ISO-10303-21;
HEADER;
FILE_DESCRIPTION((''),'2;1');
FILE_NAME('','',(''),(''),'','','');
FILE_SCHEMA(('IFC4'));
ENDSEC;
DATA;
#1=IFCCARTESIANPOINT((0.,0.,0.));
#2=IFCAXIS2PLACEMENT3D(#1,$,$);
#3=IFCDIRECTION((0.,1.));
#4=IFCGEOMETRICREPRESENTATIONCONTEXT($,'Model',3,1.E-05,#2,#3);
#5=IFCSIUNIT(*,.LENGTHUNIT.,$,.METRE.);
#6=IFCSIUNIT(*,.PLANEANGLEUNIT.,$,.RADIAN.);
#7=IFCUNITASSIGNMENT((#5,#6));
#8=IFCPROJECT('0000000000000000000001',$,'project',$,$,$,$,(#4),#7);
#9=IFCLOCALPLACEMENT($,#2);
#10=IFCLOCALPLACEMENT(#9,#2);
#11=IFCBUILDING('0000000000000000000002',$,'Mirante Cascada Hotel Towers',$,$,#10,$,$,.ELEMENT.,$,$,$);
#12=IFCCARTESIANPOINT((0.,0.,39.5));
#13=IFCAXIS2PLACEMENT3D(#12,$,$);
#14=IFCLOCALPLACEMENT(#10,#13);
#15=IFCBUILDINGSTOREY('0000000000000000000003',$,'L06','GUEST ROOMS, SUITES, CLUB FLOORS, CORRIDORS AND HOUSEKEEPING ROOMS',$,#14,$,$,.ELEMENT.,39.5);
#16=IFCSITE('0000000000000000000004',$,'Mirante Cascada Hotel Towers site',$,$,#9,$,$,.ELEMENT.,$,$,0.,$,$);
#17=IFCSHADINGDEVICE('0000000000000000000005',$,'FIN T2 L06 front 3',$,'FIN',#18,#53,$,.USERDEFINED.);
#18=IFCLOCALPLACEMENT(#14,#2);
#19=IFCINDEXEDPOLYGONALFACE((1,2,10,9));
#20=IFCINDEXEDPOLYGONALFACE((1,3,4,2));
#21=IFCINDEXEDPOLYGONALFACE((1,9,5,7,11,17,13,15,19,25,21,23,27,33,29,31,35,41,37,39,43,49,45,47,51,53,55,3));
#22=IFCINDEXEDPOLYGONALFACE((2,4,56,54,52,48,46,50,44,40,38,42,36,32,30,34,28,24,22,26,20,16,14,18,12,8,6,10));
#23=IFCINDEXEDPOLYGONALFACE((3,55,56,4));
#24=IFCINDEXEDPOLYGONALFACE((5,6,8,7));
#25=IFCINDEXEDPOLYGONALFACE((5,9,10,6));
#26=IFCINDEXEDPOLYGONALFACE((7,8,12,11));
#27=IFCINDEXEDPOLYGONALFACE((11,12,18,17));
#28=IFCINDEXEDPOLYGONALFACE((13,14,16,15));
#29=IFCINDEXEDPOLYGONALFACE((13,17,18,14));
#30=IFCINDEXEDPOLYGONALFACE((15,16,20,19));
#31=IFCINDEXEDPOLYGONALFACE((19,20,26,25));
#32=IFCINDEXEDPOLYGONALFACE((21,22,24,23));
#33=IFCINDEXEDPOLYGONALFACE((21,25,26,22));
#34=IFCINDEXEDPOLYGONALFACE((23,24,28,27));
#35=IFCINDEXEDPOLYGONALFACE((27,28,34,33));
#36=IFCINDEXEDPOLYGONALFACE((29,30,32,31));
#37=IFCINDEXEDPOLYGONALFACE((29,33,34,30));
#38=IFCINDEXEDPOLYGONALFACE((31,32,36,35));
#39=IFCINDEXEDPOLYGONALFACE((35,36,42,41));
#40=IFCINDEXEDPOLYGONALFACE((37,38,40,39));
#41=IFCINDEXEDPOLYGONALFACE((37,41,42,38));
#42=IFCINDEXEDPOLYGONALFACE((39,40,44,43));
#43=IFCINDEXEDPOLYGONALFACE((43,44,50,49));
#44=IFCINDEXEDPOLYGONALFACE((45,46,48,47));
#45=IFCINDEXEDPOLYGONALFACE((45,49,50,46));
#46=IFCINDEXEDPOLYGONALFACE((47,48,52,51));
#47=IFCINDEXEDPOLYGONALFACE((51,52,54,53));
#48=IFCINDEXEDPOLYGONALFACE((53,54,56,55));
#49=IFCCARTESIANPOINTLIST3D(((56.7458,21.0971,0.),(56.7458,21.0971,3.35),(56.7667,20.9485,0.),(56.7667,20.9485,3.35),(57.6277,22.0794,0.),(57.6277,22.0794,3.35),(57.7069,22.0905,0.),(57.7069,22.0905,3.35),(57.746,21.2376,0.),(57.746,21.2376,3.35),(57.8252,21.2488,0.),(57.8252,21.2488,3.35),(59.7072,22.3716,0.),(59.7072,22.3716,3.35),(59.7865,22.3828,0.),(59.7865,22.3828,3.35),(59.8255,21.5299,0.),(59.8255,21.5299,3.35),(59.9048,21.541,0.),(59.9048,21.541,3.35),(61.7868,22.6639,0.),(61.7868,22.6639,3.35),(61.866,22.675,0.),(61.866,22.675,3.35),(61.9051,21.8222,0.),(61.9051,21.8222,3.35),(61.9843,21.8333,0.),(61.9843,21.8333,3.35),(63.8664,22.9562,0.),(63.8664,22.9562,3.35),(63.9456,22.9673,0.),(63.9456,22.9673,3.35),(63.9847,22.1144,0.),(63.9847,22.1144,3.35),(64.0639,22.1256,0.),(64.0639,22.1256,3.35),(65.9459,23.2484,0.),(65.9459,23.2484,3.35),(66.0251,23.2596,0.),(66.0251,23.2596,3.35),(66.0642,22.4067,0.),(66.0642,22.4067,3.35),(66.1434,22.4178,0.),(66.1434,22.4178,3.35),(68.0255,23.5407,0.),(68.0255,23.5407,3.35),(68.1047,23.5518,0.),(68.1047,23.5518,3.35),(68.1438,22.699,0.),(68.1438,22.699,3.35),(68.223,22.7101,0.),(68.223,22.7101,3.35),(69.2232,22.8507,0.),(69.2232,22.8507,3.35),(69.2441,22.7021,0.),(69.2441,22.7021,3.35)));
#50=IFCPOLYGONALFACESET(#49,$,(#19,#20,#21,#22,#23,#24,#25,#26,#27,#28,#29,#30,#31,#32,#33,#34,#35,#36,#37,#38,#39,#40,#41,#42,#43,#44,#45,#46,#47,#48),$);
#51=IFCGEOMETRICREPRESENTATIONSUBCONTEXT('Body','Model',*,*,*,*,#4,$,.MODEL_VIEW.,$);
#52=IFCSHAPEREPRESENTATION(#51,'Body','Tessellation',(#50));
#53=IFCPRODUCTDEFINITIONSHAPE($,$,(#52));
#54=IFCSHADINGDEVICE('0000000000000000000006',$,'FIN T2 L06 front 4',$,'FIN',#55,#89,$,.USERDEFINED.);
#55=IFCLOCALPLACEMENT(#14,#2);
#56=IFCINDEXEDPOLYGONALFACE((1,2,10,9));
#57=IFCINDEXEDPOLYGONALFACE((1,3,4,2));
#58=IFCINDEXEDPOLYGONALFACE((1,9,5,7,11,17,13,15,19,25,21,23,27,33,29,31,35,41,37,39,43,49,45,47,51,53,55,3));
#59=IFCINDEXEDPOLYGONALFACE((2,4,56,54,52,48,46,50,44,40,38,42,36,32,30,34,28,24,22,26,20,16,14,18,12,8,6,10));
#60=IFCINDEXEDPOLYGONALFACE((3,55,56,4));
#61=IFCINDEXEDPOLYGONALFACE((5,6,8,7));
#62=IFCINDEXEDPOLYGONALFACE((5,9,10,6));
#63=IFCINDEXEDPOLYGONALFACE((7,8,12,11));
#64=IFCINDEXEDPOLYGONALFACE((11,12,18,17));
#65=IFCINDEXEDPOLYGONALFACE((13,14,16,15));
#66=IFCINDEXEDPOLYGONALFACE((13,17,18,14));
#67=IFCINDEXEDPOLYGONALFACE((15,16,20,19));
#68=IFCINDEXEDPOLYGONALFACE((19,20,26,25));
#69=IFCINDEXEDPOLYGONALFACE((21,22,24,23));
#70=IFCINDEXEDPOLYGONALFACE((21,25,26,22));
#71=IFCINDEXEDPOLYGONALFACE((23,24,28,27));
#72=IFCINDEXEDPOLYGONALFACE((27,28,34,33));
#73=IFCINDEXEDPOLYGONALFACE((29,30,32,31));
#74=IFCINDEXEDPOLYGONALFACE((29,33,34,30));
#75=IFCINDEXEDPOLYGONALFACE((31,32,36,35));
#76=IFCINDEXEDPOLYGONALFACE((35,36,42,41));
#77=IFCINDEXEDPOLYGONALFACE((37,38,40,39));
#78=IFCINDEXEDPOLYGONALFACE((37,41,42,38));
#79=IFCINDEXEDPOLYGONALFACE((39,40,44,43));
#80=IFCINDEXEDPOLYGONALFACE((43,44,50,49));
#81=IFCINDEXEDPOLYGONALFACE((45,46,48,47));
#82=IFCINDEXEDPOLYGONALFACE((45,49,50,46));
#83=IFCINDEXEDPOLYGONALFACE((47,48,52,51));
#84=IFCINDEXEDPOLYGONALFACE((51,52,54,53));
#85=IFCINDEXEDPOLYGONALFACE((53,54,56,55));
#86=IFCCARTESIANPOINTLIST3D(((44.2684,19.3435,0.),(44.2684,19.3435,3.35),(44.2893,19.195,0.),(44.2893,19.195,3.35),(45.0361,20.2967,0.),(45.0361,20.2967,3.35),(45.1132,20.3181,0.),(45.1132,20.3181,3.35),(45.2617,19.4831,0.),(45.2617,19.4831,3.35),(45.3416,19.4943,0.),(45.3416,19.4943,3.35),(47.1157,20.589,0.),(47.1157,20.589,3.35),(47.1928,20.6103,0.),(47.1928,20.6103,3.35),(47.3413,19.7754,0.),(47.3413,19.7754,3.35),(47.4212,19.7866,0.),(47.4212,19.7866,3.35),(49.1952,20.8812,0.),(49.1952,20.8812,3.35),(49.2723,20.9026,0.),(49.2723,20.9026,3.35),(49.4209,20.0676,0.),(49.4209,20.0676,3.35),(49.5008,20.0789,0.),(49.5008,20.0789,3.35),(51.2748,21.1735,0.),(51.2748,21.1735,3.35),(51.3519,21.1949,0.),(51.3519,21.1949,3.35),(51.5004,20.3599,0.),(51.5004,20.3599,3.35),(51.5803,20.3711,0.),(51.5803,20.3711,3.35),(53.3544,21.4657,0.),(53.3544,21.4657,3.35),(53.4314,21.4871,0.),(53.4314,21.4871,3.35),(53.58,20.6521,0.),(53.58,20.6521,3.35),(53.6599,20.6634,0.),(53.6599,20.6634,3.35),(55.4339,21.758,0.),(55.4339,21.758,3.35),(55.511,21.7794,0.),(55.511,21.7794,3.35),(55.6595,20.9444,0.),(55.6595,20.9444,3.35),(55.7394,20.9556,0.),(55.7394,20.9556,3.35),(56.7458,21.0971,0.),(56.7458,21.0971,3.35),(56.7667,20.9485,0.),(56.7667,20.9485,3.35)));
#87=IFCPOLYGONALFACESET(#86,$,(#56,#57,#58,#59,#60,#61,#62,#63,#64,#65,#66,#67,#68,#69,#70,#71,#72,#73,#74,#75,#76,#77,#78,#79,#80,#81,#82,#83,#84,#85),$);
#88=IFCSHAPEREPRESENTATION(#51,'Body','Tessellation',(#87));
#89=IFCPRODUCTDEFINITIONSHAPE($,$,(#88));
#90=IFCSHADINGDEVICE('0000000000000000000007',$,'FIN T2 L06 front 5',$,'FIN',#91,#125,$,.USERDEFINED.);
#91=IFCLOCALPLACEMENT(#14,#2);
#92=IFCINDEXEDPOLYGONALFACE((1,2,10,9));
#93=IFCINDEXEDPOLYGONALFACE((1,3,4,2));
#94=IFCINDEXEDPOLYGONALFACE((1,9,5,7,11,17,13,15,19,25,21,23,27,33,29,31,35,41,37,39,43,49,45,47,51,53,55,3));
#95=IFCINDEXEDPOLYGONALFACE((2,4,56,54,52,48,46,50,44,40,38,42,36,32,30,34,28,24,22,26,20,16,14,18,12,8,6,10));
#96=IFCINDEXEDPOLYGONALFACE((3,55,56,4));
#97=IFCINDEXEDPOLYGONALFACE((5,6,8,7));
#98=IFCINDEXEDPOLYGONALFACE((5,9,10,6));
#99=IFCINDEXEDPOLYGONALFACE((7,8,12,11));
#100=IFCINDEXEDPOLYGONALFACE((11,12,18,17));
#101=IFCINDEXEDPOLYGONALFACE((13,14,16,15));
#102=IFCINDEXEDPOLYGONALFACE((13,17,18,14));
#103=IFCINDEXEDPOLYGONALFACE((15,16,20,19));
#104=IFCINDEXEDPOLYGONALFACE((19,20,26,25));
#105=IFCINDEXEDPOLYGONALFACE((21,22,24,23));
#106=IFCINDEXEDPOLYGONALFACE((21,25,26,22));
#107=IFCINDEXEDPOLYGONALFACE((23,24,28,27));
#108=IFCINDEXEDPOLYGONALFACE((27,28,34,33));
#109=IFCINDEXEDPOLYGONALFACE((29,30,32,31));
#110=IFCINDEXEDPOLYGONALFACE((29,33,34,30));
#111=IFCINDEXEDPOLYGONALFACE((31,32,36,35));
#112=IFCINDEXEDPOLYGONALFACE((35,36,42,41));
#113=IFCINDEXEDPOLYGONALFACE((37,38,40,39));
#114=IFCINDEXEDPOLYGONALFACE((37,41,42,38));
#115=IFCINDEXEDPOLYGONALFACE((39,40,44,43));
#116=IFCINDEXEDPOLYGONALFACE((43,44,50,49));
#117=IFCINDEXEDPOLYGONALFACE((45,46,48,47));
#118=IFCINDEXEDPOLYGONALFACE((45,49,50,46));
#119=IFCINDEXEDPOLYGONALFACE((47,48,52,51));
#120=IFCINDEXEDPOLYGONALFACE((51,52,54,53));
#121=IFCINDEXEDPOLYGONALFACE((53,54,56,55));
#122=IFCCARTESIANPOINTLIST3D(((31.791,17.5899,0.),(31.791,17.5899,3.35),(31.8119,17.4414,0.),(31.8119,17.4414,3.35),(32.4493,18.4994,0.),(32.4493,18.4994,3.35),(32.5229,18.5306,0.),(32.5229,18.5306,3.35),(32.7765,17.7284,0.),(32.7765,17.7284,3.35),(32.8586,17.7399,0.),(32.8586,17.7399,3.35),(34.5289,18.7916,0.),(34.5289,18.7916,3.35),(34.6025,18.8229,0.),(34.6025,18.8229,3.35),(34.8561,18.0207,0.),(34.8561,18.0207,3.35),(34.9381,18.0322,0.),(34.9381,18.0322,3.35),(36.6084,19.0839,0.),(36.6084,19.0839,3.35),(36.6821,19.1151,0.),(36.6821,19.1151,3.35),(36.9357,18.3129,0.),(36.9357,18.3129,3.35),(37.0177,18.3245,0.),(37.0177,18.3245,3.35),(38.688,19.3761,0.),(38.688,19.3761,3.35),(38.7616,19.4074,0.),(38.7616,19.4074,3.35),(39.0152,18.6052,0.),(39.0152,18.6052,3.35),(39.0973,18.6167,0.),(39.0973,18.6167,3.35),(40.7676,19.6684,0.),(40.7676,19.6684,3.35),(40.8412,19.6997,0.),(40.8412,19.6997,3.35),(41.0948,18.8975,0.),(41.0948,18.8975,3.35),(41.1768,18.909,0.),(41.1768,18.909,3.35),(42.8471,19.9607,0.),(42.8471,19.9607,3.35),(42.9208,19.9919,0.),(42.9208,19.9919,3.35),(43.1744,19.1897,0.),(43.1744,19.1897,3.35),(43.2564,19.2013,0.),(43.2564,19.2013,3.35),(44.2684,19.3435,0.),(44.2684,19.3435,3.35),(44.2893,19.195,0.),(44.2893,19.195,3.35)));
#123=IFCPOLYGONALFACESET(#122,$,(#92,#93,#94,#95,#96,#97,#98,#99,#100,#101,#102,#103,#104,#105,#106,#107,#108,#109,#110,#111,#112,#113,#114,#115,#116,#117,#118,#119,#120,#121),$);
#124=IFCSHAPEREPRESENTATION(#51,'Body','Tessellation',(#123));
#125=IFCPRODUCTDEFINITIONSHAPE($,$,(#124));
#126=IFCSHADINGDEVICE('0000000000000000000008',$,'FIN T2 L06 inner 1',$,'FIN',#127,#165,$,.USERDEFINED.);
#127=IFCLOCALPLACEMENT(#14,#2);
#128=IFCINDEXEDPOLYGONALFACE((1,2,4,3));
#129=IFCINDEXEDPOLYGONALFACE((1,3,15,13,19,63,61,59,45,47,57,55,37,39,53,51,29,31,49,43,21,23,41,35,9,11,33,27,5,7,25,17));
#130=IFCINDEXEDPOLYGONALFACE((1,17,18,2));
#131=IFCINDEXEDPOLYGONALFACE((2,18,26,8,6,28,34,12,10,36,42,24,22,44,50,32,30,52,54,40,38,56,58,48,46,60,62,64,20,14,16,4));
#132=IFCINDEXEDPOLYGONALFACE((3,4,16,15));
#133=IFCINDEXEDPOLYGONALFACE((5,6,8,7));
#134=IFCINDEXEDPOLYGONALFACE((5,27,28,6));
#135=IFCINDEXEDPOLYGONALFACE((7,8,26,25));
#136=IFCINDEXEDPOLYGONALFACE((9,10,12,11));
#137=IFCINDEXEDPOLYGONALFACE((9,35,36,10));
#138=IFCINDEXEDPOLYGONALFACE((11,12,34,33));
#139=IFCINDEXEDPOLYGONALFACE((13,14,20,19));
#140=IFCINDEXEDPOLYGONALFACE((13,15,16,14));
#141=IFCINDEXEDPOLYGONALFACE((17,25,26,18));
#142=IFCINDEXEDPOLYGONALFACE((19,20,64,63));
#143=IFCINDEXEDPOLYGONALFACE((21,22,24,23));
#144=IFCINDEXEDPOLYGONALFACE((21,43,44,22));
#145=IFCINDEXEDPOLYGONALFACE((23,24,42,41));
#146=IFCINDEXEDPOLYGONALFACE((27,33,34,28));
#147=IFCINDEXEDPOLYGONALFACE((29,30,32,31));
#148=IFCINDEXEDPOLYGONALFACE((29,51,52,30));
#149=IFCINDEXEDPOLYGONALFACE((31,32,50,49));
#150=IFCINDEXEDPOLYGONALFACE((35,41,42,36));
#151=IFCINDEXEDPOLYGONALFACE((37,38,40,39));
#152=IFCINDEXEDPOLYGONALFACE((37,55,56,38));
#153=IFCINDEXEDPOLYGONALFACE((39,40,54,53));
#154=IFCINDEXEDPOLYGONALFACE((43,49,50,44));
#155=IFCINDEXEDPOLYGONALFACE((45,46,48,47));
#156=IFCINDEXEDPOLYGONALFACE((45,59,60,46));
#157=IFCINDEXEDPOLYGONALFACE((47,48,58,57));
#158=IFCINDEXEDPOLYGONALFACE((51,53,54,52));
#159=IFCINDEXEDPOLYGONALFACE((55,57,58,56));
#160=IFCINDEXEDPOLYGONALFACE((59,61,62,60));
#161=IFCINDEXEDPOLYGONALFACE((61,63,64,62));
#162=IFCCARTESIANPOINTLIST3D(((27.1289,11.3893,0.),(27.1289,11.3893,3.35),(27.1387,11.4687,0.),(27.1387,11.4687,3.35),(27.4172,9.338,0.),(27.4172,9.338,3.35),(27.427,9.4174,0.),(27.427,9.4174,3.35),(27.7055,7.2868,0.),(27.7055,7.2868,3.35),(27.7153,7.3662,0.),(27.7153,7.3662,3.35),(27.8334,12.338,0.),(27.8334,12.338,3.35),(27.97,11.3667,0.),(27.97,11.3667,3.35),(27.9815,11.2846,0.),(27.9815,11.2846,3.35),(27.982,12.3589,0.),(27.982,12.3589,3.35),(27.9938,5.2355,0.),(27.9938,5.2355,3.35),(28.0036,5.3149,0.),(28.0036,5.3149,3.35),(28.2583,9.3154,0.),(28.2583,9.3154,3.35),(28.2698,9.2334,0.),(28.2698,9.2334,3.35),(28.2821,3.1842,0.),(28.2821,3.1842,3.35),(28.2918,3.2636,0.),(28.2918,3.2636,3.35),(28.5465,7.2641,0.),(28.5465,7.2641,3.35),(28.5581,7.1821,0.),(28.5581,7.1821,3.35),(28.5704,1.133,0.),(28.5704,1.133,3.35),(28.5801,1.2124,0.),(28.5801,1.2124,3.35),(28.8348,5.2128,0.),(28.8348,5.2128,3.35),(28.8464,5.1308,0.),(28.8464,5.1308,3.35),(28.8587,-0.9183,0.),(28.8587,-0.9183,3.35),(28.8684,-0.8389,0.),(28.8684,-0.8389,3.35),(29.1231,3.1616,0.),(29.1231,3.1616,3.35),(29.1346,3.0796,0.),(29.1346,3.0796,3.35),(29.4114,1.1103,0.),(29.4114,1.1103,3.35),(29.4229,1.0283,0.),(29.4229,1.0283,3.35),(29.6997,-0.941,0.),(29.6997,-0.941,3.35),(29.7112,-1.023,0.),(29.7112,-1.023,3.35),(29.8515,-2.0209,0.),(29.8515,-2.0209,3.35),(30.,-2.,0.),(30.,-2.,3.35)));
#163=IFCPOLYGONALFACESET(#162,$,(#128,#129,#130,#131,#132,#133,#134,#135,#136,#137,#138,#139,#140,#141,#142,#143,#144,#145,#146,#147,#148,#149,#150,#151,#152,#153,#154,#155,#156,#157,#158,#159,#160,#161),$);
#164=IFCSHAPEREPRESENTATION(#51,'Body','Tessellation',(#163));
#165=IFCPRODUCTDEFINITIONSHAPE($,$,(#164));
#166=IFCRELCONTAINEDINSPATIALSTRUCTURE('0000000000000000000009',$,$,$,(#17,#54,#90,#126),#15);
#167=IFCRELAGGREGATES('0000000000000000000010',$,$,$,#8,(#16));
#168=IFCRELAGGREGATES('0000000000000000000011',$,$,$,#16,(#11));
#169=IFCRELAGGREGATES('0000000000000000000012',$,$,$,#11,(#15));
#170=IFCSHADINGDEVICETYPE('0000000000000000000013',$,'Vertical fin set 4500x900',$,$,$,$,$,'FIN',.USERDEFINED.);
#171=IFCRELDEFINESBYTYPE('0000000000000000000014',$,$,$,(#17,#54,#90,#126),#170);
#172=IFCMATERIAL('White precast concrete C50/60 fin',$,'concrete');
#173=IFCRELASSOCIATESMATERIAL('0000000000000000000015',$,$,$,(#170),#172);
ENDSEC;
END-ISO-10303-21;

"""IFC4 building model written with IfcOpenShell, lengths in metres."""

from ifc_helpers import new_model, si_unit, direction, frame, origin, place, context, subcontext, project, spatial, polyline, outline, extrude, material, type_object, element, save


model = new_model("IFC4")

# Units and contexts
model_context = context("Model", 3, precision=1e-05, world=origin(), true_north=direction((0.0, 1.0)))
body_context = subcontext(model_context, "Body", "Model", "MODEL_VIEW")
ifc_project = project(units=[si_unit("LENGTHUNIT", "METRE"), si_unit("PLANEANGLEUNIT", "RADIAN")], contexts=[model_context])

# Site, building, storey
site_placement = place(None, origin())
site = spatial("IfcSite", under=ifc_project, at=site_placement, Name="Mirante Cascada Hotel Towers site", CompositionType="ELEMENT", RefElevation=0.0)
building_placement = place(site_placement, origin())
building = spatial("IfcBuilding", under=site, at=building_placement, Name="Mirante Cascada Hotel Towers", CompositionType="ELEMENT")
storey_placement = place(building_placement, frame((0.0, 0.0, 39.5)))
storey = spatial("IfcBuildingStorey", under=building, at=storey_placement, Name="L06", Description="GUEST ROOMS, SUITES, CLUB FLOORS, CORRIDORS AND HOUSEKEEPING ROOMS", CompositionType="ELEMENT", Elevation=39.5)

# Shading devices
ifc_material_1 = material(Name="White precast concrete C50/60 fin", Category="concrete")
shading_device_type = type_object("IfcShadingDeviceType", Name="Vertical fin set 4500x900", ElementType="FIN", PredefinedType="USERDEFINED", material=ifc_material_1)
shading_device_1_placement = place(storey_placement, origin())
element("IfcShadingDevice", 1, at=shading_device_1_placement, inside=storey, type_object=shading_device_type, Name="FIN T2 L06 front 3", ObjectType="FIN", PredefinedType="USERDEFINED", context=body_context, shape_type="SweptSolid", body=[
    extrude(outline(polyline([(57.7069, 22.0905), (57.8252, 21.2488), (59.8255, 21.5299), (59.7072, 22.3716), (59.7865, 22.3828), (59.9048, 21.541), (61.9051, 21.8222), (61.7868, 22.6639), (61.866, 22.675), (61.9843, 21.8333), (63.9847, 22.1144), (63.8664, 22.9562), (63.9456, 22.9673), (64.0639, 22.1256), (66.0642, 22.4067), (65.9459, 23.2484), (66.0251, 23.2596), (66.1434, 22.4178), (68.1438, 22.699), (68.0255, 23.5407), (68.1047, 23.5518), (68.223, 22.7101), (69.2232, 22.8507), (69.2441, 22.7021), (56.7667, 20.9485), (56.7458, 21.0971), (57.746, 21.2376), (57.6277, 22.0794), (57.7069, 22.0905)])), origin(), (0.0, 0.0, 1.0), 3.35),
])
shading_device_2_placement = place(storey_placement, origin())
element("IfcShadingDevice", 2, at=shading_device_2_placement, inside=storey, type_object=shading_device_type, Name="FIN T2 L06 front 4", ObjectType="FIN", PredefinedType="USERDEFINED", context=body_context, shape_type="SweptSolid", body=[
    extrude(outline(polyline([(45.1132, 20.3181), (45.3416, 19.4943), (47.3413, 19.7754), (47.1157, 20.589), (47.1928, 20.6103), (47.4212, 19.7866), (49.4209, 20.0676), (49.1952, 20.8812), (49.2723, 20.9026), (49.5008, 20.0789), (51.5004, 20.3599), (51.2748, 21.1735), (51.3519, 21.1949), (51.5803, 20.3711), (53.58, 20.6521), (53.3544, 21.4657), (53.4314, 21.4871), (53.6599, 20.6634), (55.6595, 20.9444), (55.4339, 21.758), (55.511, 21.7794), (55.7394, 20.9556), (56.7458, 21.0971), (56.7667, 20.9485), (44.2893, 19.195), (44.2684, 19.3435), (45.2617, 19.4831), (45.0361, 20.2967), (45.1132, 20.3181)])), origin(), (0.0, 0.0, 1.0), 3.35),
])
shading_device_3_placement = place(storey_placement, origin())
element("IfcShadingDevice", 3, at=shading_device_3_placement, inside=storey, type_object=shading_device_type, Name="FIN T2 L06 front 5", ObjectType="FIN", PredefinedType="USERDEFINED", context=body_context, shape_type="SweptSolid", body=[
    extrude(outline(polyline([(32.5229, 18.5306), (32.8586, 17.7399), (34.8561, 18.0207), (34.5289, 18.7916), (34.6025, 18.8229), (34.9381, 18.0322), (36.9357, 18.3129), (36.6084, 19.0839), (36.6821, 19.1151), (37.0177, 18.3245), (39.0152, 18.6052), (38.688, 19.3761), (38.7616, 19.4074), (39.0973, 18.6167), (41.0948, 18.8975), (40.7676, 19.6684), (40.8412, 19.6997), (41.1768, 18.909), (43.1744, 19.1897), (42.8471, 19.9607), (42.9208, 19.9919), (43.2564, 19.2013), (44.2684, 19.3435), (44.2893, 19.195), (31.8119, 17.4414), (31.791, 17.5899), (32.7765, 17.7284), (32.4493, 18.4994), (32.5229, 18.5306)])), origin(), (0.0, 0.0, 1.0), 3.35),
])
shading_device_4_placement = place(storey_placement, origin())
element("IfcShadingDevice", 4, at=shading_device_4_placement, inside=storey, type_object=shading_device_type, Name="FIN T2 L06 inner 1", ObjectType="FIN", PredefinedType="USERDEFINED", context=body_context, shape_type="SweptSolid", body=[
    extrude(outline(polyline([(28.8684, -0.8389), (29.6997, -0.941), (29.4229, 1.0283), (28.5704, 1.133), (28.5801, 1.2124), (29.4114, 1.1103), (29.1346, 3.0796), (28.2821, 3.1842), (28.2918, 3.2636), (29.1231, 3.1616), (28.8464, 5.1308), (27.9938, 5.2355), (28.0036, 5.3149), (28.8348, 5.2128), (28.5581, 7.1821), (27.7055, 7.2868), (27.7153, 7.3662), (28.5465, 7.2641), (28.2698, 9.2334), (27.4172, 9.338), (27.427, 9.4174), (28.2583, 9.3154), (27.9815, 11.2846), (27.1289, 11.3893), (27.1387, 11.4687), (27.97, 11.3667), (27.8334, 12.338), (27.982, 12.3589), (30.0, -2.0), (29.8515, -2.0209), (29.7112, -1.023), (28.8587, -0.9183), (28.8684, -0.8389)])), origin(), (0.0, 0.0, 1.0), 3.35),
])

save(model, "model.ifc")
